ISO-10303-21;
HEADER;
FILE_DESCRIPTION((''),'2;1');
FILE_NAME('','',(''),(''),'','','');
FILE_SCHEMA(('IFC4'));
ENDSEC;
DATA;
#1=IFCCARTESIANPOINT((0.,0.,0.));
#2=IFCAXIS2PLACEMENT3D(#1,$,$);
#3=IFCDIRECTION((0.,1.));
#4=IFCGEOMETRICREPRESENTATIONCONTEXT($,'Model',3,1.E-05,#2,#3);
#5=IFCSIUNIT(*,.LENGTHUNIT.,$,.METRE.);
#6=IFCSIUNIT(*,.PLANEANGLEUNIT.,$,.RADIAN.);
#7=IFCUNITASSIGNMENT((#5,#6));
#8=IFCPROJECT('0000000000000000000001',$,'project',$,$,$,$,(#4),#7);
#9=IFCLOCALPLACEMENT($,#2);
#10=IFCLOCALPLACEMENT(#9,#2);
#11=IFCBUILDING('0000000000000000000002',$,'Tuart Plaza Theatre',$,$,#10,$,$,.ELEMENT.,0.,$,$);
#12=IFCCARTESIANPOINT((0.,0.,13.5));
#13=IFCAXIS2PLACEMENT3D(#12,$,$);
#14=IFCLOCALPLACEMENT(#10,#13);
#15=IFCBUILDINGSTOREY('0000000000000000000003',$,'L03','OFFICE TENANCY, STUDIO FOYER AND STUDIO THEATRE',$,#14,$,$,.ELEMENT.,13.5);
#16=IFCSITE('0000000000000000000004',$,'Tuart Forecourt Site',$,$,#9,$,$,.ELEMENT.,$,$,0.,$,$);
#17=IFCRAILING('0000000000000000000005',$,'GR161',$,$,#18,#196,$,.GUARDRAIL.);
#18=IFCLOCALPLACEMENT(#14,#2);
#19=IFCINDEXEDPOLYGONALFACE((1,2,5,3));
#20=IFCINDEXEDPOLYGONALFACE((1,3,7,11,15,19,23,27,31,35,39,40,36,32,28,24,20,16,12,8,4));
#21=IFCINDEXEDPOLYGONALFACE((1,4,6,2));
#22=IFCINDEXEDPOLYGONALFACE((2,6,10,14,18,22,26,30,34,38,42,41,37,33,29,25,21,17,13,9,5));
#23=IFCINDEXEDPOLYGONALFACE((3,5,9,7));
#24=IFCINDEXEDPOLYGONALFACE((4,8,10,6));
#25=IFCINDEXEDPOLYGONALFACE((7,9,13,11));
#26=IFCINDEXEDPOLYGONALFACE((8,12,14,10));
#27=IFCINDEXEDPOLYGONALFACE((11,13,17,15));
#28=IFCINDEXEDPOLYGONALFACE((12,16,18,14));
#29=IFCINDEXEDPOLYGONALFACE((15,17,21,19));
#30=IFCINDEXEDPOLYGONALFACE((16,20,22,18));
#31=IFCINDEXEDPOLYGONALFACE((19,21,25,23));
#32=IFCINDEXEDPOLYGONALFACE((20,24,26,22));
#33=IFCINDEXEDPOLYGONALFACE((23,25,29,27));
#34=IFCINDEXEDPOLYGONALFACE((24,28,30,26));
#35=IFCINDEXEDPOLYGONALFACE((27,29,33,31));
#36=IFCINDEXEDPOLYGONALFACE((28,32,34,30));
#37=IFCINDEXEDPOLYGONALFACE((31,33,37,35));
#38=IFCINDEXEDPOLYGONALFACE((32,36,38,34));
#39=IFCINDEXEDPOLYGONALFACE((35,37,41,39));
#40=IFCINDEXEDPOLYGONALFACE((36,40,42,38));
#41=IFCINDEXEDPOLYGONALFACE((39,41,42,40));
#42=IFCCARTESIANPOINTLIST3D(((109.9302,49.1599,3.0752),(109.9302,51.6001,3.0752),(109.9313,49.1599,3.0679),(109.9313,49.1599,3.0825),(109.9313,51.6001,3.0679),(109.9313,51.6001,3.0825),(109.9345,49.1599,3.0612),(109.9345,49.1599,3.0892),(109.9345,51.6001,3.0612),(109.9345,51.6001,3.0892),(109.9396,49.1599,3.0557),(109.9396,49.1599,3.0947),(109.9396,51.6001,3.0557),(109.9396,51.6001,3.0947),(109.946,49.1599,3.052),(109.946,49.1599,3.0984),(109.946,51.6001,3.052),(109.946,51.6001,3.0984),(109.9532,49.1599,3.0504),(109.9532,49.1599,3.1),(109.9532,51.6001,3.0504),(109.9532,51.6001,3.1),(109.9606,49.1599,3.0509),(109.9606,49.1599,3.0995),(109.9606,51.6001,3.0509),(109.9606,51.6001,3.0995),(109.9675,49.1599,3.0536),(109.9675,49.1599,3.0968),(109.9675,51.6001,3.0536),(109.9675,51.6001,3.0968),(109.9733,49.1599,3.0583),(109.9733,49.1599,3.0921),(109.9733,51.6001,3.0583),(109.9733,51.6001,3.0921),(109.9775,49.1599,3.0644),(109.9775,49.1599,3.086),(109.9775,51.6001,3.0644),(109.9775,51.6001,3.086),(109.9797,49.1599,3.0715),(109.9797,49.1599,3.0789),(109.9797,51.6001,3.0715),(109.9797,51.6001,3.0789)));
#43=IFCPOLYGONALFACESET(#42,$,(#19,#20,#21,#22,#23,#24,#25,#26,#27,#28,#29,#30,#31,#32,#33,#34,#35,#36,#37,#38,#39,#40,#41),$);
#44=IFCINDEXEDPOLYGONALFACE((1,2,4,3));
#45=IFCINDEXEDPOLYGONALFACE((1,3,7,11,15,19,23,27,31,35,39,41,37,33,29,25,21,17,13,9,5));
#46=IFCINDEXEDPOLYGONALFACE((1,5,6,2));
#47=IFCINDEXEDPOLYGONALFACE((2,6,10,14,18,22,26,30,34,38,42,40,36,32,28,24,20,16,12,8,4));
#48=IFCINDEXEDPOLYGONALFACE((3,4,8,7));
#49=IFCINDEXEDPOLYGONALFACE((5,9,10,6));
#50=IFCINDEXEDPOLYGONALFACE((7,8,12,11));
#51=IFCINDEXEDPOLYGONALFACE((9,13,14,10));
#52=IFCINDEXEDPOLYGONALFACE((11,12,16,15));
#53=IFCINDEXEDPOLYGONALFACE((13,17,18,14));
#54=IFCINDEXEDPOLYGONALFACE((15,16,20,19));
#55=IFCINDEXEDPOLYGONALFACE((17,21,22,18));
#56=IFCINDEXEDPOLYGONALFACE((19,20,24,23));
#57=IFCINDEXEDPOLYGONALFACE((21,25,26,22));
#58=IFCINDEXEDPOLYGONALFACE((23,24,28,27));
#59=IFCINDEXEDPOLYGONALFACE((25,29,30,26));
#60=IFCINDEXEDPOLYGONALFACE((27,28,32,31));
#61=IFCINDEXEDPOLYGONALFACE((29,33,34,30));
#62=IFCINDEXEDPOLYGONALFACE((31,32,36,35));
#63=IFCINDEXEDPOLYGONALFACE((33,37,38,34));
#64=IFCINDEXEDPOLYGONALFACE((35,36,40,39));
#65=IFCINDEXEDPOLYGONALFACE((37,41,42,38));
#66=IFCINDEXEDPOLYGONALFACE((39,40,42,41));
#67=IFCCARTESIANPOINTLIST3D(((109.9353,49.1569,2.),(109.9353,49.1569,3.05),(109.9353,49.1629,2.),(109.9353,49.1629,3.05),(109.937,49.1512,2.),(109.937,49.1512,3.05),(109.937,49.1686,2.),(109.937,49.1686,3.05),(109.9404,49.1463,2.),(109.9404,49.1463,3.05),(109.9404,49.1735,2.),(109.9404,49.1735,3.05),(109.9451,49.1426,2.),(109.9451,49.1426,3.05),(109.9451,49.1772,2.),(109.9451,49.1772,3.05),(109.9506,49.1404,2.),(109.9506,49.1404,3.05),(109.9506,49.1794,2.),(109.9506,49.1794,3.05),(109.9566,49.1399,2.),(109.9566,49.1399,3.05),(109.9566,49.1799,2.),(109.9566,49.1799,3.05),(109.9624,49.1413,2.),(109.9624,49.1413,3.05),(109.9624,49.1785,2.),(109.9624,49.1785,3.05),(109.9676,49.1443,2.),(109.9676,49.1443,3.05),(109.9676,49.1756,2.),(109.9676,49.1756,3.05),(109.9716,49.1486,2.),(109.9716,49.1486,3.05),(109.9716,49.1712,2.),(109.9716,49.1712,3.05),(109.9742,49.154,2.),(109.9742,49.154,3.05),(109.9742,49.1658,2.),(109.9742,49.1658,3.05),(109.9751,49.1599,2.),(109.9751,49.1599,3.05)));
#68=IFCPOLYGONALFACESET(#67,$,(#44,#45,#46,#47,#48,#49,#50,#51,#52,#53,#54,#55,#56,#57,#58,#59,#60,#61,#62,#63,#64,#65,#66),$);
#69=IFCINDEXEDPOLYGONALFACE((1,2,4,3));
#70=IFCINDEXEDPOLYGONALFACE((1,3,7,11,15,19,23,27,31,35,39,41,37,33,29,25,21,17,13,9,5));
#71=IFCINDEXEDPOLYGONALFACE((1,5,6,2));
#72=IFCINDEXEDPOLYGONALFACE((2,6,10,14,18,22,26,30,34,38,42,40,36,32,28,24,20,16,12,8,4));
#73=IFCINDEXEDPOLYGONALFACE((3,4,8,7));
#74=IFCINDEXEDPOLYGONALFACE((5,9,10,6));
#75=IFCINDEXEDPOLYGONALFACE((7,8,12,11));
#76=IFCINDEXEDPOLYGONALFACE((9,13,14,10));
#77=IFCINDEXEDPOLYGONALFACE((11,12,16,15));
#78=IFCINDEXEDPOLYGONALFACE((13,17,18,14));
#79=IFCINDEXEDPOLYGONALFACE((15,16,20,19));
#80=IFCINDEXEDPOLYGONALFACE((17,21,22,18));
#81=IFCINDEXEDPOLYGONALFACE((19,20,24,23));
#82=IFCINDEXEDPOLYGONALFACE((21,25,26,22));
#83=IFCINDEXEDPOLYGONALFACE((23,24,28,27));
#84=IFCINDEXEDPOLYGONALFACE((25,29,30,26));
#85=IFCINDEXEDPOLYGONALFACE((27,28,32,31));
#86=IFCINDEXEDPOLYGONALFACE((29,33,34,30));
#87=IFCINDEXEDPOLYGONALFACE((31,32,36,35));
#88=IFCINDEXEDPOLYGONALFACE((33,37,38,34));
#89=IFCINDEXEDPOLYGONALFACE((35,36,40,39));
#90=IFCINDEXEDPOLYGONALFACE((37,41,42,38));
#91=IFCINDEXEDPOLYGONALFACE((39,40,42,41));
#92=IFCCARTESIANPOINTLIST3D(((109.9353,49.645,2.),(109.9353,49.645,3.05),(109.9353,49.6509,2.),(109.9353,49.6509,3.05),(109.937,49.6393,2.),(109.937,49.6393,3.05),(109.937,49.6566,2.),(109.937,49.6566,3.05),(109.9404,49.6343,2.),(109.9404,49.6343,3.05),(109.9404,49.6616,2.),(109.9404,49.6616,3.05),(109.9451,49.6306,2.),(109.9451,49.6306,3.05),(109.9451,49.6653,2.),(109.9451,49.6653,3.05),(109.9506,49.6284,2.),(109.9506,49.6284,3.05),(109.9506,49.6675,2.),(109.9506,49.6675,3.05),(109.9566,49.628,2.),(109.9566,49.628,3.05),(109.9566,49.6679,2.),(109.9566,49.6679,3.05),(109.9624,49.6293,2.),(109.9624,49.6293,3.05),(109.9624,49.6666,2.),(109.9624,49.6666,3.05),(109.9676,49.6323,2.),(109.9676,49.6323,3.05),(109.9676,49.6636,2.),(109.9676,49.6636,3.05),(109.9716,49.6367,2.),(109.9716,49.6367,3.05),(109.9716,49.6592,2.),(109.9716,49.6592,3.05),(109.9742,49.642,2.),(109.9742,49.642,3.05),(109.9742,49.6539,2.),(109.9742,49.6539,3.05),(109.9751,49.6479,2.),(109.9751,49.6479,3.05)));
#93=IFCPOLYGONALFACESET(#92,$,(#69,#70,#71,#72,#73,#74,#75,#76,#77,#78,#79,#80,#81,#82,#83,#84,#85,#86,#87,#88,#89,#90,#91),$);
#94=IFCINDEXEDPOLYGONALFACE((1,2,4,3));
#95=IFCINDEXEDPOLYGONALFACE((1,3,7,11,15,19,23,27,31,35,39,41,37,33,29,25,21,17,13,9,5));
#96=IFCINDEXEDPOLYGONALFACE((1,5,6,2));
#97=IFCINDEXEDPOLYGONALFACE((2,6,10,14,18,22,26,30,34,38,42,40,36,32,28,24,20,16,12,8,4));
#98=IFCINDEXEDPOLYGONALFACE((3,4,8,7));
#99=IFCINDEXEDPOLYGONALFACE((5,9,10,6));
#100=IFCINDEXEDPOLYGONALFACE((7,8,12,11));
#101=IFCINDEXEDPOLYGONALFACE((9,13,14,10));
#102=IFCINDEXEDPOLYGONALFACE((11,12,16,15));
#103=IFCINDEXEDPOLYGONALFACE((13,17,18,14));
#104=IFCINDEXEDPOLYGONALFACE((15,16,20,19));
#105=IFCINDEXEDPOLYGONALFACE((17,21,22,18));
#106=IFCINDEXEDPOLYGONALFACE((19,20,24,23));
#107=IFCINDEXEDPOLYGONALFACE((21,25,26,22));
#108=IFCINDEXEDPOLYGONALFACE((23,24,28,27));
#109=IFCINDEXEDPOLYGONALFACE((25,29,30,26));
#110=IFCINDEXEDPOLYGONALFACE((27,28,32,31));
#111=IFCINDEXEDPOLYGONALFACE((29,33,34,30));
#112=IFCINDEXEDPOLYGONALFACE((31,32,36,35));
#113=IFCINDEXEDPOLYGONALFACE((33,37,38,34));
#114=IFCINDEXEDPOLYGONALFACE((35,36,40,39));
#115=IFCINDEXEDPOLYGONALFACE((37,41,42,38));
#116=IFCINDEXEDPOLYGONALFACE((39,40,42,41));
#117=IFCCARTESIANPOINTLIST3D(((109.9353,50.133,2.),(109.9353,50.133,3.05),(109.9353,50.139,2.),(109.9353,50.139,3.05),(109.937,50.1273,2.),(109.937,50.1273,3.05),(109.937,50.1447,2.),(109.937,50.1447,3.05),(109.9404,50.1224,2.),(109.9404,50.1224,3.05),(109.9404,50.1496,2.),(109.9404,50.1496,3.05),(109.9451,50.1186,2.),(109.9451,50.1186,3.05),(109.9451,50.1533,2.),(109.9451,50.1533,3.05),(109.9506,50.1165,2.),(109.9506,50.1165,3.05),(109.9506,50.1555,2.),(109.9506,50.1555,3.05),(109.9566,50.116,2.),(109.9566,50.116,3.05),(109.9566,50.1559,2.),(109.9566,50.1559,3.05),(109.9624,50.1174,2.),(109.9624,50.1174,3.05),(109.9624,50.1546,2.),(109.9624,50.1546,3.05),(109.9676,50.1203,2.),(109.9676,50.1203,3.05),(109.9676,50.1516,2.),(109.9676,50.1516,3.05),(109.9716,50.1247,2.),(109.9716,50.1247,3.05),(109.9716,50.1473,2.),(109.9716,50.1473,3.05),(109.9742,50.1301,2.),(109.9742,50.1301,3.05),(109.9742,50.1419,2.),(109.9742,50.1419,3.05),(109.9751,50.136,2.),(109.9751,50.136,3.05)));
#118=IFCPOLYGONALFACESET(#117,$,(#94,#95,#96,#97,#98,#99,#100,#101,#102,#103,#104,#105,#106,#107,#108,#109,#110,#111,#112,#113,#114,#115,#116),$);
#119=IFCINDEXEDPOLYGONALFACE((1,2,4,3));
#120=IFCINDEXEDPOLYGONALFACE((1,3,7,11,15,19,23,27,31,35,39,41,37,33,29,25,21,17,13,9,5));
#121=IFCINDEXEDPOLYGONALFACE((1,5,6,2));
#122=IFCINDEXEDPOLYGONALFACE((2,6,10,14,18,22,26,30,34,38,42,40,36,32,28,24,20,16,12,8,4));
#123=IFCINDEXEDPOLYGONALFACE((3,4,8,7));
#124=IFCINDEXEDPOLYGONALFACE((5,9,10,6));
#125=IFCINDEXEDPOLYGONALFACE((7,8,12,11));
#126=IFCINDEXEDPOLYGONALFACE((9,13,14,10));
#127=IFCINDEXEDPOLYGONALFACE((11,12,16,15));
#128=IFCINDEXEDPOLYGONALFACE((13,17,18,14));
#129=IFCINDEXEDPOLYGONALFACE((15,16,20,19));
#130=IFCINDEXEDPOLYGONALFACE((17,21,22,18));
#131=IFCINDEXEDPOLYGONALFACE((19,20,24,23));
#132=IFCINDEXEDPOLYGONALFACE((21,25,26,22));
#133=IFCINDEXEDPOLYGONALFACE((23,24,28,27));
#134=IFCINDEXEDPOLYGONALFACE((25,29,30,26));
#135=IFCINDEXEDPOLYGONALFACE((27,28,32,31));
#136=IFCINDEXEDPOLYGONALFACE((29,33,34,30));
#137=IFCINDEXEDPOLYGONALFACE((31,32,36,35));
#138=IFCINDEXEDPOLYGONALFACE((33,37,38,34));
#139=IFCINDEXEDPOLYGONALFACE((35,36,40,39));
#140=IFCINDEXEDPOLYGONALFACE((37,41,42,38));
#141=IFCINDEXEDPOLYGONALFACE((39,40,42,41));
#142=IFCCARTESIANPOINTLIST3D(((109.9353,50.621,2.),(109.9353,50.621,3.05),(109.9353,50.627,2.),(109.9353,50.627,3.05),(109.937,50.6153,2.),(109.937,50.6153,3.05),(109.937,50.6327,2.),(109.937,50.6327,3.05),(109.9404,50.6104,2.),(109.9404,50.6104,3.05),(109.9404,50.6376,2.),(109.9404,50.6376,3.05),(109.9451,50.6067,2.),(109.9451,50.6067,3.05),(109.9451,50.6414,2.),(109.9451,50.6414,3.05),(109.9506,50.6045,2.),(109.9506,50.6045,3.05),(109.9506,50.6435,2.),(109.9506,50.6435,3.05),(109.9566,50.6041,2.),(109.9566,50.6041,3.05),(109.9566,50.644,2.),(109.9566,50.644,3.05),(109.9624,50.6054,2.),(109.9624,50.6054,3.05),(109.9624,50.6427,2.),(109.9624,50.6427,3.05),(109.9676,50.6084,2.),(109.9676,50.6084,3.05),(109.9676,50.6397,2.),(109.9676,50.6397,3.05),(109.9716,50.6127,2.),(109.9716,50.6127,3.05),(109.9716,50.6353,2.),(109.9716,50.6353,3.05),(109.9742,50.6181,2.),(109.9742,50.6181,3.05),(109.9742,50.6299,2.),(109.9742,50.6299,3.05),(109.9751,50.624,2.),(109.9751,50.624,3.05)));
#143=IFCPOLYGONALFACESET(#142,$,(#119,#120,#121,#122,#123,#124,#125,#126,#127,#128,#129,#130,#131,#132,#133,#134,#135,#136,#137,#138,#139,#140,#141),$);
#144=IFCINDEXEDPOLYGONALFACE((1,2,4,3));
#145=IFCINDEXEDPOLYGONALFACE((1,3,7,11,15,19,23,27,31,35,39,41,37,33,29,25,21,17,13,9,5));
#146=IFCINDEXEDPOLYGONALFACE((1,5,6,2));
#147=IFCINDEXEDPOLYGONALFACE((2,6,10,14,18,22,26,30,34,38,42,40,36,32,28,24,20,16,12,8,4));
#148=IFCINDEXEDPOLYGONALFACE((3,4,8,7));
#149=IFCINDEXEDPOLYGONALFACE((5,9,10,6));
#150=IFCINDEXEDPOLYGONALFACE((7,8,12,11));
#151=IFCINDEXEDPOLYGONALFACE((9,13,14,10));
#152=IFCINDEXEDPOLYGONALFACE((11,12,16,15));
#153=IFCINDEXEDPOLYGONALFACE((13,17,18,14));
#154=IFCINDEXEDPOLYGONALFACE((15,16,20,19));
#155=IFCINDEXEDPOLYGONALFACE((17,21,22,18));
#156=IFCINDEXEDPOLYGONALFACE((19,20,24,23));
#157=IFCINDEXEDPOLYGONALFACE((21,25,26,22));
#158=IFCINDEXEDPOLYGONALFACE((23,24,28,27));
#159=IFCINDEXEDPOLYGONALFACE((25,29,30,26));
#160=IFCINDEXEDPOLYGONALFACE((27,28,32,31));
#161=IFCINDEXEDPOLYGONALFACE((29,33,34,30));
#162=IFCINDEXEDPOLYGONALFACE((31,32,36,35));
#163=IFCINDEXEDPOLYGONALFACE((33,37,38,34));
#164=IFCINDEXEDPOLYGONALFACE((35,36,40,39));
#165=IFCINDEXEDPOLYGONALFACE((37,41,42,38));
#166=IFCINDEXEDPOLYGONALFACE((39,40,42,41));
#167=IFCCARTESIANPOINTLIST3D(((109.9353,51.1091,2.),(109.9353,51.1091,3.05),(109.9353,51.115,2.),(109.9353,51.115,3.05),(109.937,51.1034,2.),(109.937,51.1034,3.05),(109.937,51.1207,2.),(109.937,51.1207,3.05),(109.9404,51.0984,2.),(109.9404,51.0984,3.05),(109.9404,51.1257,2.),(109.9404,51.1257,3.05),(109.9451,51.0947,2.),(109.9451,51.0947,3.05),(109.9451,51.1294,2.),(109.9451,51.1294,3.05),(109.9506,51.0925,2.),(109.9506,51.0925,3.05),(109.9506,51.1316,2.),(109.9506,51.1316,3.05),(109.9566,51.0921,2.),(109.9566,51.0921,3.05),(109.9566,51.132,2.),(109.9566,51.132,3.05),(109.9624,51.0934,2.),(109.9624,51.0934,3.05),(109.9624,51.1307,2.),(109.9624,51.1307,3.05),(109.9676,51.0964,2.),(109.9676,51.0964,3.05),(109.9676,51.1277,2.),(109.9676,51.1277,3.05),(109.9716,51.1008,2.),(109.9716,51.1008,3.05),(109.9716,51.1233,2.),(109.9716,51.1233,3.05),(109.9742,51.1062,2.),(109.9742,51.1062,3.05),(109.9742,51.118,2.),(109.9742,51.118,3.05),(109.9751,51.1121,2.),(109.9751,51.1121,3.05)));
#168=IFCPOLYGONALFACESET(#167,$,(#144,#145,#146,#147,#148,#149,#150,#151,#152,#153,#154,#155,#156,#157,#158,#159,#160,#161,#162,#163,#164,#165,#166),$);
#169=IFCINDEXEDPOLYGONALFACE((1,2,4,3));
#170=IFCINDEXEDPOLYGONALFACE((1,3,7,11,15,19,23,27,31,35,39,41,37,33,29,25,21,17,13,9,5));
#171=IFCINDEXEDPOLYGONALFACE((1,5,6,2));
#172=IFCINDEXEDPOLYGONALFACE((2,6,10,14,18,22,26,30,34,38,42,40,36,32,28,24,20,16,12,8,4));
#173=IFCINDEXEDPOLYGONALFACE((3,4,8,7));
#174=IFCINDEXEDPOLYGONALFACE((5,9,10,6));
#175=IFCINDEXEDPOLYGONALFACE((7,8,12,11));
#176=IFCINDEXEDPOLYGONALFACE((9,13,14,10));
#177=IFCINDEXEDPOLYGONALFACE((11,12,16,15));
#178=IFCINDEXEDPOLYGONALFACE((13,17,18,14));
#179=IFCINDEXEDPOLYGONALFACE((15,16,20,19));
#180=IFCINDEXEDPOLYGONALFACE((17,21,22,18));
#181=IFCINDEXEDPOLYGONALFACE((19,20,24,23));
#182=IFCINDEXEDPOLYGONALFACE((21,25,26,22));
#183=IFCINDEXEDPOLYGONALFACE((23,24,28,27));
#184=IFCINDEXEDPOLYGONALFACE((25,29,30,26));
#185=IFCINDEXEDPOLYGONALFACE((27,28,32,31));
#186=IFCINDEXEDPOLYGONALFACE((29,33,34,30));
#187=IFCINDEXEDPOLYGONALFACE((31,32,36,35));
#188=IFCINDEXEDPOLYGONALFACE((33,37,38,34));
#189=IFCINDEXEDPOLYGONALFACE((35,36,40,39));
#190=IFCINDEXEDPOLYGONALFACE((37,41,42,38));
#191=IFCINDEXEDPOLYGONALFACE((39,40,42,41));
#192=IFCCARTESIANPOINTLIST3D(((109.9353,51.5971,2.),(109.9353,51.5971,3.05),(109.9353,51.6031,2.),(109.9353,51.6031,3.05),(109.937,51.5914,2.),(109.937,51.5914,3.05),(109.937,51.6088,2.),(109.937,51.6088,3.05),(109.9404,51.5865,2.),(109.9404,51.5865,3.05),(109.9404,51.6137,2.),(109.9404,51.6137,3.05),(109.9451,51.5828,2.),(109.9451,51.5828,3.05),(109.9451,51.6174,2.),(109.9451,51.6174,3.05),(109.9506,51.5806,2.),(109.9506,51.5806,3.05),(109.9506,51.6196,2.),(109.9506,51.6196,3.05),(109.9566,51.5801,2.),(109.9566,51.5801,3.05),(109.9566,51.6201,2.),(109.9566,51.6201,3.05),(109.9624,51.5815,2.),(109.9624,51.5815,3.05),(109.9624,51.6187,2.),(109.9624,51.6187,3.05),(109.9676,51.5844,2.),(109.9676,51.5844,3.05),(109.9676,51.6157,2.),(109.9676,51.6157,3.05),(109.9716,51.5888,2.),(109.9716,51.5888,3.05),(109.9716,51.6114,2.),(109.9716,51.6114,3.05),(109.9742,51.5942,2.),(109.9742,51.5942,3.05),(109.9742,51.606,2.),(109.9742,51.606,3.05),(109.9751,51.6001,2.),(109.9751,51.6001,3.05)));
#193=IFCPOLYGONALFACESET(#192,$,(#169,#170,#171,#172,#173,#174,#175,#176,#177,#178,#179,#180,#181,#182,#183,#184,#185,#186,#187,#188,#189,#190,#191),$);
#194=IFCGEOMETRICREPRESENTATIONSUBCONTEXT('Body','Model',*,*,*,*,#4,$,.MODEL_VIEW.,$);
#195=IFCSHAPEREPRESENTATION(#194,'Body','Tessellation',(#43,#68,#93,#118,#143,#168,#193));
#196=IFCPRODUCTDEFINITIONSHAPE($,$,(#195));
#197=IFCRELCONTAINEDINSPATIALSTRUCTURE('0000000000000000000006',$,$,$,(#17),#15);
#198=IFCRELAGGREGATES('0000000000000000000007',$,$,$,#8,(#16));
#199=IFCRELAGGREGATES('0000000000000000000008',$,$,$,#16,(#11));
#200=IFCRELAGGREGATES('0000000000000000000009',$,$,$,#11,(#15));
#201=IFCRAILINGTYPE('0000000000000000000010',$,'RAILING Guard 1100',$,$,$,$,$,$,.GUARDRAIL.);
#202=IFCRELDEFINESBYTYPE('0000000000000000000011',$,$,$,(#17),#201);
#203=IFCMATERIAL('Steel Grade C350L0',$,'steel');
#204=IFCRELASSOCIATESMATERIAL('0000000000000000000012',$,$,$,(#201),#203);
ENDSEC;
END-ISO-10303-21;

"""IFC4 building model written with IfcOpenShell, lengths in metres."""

from ifc_helpers import new_model, si_unit, direction, frame, origin, origin_2d, place, context, subcontext, project, spatial, circle, extrude, material, type_object, element, save


model = new_model("IFC4")

# Units and contexts
model_context = context("Model", 3, precision=1e-05, world=origin(), true_north=direction((0.0, 1.0)))
body_context = subcontext(model_context, "Body", "Model", "MODEL_VIEW")
ifc_project = project(units=[si_unit("LENGTHUNIT", "METRE"), si_unit("PLANEANGLEUNIT", "RADIAN")], contexts=[model_context])

# Site, building, storey
site_placement = place(None, origin())
site = spatial("IfcSite", under=ifc_project, at=site_placement, Name="Tuart Forecourt Site", CompositionType="ELEMENT", RefElevation=0.0)
building_placement = place(site_placement, origin())
building = spatial("IfcBuilding", under=site, at=building_placement, Name="Tuart Plaza Theatre", CompositionType="ELEMENT", ElevationOfRefHeight=0.0)
storey_placement = place(building_placement, frame((0.0, 0.0, 13.5)))
storey = spatial("IfcBuildingStorey", under=building, at=storey_placement, Name="L03", Description="OFFICE TENANCY, STUDIO FOYER AND STUDIO THEATRE", CompositionType="ELEMENT", Elevation=13.5)

# Railing
ifc_material_1 = material(Name="Steel Grade C350L0", Category="steel")
railing_type_1 = type_object("IfcRailingType", Name="RAILING Guard 1100", PredefinedType="GUARDRAIL", material=ifc_material_1)
railing_1_placement = place(storey_placement, frame((109.9551, 49.1599, 2.0)))
element("IfcRailing", 1, at=railing_1_placement, inside=storey, type_object=railing_type_1, Name="GR161", PredefinedType="GUARDRAIL", context=body_context, shape_type="SweptSolid", body=[
    extrude(circle(Radius=0.0249, at=origin_2d()), frame((0.0, 0.0, 1.0752), z_axis=(0.0, 1.0, 0.0), x_axis=(-1.0, 0.0, 0.0)), (0.0, 0.0, 1.0), 2.4402),
    extrude(circle(Radius=0.02, at=origin_2d()), origin(), (0.0, 0.0, 1.0), 1.05),
    extrude(circle(Radius=0.02, at=origin_2d()), frame((0.0, 0.488, 0.0)), (0.0, 0.0, 1.0), 1.05),
    extrude(circle(Radius=0.02, at=origin_2d()), frame((0.0, 0.9761, 0.0)), (0.0, 0.0, 1.0), 1.05),
    extrude(circle(Radius=0.02, at=origin_2d()), frame((0.0, 1.4641, 0.0)), (0.0, 0.0, 1.0), 1.05),
    extrude(circle(Radius=0.02, at=origin_2d()), frame((0.0, 1.9521, 0.0)), (0.0, 0.0, 1.0), 1.05),
    extrude(circle(Radius=0.02, at=origin_2d()), frame((0.0, 2.4402, 0.0)), (0.0, 0.0, 1.0), 1.05),
])

save(model, "model.ifc")
